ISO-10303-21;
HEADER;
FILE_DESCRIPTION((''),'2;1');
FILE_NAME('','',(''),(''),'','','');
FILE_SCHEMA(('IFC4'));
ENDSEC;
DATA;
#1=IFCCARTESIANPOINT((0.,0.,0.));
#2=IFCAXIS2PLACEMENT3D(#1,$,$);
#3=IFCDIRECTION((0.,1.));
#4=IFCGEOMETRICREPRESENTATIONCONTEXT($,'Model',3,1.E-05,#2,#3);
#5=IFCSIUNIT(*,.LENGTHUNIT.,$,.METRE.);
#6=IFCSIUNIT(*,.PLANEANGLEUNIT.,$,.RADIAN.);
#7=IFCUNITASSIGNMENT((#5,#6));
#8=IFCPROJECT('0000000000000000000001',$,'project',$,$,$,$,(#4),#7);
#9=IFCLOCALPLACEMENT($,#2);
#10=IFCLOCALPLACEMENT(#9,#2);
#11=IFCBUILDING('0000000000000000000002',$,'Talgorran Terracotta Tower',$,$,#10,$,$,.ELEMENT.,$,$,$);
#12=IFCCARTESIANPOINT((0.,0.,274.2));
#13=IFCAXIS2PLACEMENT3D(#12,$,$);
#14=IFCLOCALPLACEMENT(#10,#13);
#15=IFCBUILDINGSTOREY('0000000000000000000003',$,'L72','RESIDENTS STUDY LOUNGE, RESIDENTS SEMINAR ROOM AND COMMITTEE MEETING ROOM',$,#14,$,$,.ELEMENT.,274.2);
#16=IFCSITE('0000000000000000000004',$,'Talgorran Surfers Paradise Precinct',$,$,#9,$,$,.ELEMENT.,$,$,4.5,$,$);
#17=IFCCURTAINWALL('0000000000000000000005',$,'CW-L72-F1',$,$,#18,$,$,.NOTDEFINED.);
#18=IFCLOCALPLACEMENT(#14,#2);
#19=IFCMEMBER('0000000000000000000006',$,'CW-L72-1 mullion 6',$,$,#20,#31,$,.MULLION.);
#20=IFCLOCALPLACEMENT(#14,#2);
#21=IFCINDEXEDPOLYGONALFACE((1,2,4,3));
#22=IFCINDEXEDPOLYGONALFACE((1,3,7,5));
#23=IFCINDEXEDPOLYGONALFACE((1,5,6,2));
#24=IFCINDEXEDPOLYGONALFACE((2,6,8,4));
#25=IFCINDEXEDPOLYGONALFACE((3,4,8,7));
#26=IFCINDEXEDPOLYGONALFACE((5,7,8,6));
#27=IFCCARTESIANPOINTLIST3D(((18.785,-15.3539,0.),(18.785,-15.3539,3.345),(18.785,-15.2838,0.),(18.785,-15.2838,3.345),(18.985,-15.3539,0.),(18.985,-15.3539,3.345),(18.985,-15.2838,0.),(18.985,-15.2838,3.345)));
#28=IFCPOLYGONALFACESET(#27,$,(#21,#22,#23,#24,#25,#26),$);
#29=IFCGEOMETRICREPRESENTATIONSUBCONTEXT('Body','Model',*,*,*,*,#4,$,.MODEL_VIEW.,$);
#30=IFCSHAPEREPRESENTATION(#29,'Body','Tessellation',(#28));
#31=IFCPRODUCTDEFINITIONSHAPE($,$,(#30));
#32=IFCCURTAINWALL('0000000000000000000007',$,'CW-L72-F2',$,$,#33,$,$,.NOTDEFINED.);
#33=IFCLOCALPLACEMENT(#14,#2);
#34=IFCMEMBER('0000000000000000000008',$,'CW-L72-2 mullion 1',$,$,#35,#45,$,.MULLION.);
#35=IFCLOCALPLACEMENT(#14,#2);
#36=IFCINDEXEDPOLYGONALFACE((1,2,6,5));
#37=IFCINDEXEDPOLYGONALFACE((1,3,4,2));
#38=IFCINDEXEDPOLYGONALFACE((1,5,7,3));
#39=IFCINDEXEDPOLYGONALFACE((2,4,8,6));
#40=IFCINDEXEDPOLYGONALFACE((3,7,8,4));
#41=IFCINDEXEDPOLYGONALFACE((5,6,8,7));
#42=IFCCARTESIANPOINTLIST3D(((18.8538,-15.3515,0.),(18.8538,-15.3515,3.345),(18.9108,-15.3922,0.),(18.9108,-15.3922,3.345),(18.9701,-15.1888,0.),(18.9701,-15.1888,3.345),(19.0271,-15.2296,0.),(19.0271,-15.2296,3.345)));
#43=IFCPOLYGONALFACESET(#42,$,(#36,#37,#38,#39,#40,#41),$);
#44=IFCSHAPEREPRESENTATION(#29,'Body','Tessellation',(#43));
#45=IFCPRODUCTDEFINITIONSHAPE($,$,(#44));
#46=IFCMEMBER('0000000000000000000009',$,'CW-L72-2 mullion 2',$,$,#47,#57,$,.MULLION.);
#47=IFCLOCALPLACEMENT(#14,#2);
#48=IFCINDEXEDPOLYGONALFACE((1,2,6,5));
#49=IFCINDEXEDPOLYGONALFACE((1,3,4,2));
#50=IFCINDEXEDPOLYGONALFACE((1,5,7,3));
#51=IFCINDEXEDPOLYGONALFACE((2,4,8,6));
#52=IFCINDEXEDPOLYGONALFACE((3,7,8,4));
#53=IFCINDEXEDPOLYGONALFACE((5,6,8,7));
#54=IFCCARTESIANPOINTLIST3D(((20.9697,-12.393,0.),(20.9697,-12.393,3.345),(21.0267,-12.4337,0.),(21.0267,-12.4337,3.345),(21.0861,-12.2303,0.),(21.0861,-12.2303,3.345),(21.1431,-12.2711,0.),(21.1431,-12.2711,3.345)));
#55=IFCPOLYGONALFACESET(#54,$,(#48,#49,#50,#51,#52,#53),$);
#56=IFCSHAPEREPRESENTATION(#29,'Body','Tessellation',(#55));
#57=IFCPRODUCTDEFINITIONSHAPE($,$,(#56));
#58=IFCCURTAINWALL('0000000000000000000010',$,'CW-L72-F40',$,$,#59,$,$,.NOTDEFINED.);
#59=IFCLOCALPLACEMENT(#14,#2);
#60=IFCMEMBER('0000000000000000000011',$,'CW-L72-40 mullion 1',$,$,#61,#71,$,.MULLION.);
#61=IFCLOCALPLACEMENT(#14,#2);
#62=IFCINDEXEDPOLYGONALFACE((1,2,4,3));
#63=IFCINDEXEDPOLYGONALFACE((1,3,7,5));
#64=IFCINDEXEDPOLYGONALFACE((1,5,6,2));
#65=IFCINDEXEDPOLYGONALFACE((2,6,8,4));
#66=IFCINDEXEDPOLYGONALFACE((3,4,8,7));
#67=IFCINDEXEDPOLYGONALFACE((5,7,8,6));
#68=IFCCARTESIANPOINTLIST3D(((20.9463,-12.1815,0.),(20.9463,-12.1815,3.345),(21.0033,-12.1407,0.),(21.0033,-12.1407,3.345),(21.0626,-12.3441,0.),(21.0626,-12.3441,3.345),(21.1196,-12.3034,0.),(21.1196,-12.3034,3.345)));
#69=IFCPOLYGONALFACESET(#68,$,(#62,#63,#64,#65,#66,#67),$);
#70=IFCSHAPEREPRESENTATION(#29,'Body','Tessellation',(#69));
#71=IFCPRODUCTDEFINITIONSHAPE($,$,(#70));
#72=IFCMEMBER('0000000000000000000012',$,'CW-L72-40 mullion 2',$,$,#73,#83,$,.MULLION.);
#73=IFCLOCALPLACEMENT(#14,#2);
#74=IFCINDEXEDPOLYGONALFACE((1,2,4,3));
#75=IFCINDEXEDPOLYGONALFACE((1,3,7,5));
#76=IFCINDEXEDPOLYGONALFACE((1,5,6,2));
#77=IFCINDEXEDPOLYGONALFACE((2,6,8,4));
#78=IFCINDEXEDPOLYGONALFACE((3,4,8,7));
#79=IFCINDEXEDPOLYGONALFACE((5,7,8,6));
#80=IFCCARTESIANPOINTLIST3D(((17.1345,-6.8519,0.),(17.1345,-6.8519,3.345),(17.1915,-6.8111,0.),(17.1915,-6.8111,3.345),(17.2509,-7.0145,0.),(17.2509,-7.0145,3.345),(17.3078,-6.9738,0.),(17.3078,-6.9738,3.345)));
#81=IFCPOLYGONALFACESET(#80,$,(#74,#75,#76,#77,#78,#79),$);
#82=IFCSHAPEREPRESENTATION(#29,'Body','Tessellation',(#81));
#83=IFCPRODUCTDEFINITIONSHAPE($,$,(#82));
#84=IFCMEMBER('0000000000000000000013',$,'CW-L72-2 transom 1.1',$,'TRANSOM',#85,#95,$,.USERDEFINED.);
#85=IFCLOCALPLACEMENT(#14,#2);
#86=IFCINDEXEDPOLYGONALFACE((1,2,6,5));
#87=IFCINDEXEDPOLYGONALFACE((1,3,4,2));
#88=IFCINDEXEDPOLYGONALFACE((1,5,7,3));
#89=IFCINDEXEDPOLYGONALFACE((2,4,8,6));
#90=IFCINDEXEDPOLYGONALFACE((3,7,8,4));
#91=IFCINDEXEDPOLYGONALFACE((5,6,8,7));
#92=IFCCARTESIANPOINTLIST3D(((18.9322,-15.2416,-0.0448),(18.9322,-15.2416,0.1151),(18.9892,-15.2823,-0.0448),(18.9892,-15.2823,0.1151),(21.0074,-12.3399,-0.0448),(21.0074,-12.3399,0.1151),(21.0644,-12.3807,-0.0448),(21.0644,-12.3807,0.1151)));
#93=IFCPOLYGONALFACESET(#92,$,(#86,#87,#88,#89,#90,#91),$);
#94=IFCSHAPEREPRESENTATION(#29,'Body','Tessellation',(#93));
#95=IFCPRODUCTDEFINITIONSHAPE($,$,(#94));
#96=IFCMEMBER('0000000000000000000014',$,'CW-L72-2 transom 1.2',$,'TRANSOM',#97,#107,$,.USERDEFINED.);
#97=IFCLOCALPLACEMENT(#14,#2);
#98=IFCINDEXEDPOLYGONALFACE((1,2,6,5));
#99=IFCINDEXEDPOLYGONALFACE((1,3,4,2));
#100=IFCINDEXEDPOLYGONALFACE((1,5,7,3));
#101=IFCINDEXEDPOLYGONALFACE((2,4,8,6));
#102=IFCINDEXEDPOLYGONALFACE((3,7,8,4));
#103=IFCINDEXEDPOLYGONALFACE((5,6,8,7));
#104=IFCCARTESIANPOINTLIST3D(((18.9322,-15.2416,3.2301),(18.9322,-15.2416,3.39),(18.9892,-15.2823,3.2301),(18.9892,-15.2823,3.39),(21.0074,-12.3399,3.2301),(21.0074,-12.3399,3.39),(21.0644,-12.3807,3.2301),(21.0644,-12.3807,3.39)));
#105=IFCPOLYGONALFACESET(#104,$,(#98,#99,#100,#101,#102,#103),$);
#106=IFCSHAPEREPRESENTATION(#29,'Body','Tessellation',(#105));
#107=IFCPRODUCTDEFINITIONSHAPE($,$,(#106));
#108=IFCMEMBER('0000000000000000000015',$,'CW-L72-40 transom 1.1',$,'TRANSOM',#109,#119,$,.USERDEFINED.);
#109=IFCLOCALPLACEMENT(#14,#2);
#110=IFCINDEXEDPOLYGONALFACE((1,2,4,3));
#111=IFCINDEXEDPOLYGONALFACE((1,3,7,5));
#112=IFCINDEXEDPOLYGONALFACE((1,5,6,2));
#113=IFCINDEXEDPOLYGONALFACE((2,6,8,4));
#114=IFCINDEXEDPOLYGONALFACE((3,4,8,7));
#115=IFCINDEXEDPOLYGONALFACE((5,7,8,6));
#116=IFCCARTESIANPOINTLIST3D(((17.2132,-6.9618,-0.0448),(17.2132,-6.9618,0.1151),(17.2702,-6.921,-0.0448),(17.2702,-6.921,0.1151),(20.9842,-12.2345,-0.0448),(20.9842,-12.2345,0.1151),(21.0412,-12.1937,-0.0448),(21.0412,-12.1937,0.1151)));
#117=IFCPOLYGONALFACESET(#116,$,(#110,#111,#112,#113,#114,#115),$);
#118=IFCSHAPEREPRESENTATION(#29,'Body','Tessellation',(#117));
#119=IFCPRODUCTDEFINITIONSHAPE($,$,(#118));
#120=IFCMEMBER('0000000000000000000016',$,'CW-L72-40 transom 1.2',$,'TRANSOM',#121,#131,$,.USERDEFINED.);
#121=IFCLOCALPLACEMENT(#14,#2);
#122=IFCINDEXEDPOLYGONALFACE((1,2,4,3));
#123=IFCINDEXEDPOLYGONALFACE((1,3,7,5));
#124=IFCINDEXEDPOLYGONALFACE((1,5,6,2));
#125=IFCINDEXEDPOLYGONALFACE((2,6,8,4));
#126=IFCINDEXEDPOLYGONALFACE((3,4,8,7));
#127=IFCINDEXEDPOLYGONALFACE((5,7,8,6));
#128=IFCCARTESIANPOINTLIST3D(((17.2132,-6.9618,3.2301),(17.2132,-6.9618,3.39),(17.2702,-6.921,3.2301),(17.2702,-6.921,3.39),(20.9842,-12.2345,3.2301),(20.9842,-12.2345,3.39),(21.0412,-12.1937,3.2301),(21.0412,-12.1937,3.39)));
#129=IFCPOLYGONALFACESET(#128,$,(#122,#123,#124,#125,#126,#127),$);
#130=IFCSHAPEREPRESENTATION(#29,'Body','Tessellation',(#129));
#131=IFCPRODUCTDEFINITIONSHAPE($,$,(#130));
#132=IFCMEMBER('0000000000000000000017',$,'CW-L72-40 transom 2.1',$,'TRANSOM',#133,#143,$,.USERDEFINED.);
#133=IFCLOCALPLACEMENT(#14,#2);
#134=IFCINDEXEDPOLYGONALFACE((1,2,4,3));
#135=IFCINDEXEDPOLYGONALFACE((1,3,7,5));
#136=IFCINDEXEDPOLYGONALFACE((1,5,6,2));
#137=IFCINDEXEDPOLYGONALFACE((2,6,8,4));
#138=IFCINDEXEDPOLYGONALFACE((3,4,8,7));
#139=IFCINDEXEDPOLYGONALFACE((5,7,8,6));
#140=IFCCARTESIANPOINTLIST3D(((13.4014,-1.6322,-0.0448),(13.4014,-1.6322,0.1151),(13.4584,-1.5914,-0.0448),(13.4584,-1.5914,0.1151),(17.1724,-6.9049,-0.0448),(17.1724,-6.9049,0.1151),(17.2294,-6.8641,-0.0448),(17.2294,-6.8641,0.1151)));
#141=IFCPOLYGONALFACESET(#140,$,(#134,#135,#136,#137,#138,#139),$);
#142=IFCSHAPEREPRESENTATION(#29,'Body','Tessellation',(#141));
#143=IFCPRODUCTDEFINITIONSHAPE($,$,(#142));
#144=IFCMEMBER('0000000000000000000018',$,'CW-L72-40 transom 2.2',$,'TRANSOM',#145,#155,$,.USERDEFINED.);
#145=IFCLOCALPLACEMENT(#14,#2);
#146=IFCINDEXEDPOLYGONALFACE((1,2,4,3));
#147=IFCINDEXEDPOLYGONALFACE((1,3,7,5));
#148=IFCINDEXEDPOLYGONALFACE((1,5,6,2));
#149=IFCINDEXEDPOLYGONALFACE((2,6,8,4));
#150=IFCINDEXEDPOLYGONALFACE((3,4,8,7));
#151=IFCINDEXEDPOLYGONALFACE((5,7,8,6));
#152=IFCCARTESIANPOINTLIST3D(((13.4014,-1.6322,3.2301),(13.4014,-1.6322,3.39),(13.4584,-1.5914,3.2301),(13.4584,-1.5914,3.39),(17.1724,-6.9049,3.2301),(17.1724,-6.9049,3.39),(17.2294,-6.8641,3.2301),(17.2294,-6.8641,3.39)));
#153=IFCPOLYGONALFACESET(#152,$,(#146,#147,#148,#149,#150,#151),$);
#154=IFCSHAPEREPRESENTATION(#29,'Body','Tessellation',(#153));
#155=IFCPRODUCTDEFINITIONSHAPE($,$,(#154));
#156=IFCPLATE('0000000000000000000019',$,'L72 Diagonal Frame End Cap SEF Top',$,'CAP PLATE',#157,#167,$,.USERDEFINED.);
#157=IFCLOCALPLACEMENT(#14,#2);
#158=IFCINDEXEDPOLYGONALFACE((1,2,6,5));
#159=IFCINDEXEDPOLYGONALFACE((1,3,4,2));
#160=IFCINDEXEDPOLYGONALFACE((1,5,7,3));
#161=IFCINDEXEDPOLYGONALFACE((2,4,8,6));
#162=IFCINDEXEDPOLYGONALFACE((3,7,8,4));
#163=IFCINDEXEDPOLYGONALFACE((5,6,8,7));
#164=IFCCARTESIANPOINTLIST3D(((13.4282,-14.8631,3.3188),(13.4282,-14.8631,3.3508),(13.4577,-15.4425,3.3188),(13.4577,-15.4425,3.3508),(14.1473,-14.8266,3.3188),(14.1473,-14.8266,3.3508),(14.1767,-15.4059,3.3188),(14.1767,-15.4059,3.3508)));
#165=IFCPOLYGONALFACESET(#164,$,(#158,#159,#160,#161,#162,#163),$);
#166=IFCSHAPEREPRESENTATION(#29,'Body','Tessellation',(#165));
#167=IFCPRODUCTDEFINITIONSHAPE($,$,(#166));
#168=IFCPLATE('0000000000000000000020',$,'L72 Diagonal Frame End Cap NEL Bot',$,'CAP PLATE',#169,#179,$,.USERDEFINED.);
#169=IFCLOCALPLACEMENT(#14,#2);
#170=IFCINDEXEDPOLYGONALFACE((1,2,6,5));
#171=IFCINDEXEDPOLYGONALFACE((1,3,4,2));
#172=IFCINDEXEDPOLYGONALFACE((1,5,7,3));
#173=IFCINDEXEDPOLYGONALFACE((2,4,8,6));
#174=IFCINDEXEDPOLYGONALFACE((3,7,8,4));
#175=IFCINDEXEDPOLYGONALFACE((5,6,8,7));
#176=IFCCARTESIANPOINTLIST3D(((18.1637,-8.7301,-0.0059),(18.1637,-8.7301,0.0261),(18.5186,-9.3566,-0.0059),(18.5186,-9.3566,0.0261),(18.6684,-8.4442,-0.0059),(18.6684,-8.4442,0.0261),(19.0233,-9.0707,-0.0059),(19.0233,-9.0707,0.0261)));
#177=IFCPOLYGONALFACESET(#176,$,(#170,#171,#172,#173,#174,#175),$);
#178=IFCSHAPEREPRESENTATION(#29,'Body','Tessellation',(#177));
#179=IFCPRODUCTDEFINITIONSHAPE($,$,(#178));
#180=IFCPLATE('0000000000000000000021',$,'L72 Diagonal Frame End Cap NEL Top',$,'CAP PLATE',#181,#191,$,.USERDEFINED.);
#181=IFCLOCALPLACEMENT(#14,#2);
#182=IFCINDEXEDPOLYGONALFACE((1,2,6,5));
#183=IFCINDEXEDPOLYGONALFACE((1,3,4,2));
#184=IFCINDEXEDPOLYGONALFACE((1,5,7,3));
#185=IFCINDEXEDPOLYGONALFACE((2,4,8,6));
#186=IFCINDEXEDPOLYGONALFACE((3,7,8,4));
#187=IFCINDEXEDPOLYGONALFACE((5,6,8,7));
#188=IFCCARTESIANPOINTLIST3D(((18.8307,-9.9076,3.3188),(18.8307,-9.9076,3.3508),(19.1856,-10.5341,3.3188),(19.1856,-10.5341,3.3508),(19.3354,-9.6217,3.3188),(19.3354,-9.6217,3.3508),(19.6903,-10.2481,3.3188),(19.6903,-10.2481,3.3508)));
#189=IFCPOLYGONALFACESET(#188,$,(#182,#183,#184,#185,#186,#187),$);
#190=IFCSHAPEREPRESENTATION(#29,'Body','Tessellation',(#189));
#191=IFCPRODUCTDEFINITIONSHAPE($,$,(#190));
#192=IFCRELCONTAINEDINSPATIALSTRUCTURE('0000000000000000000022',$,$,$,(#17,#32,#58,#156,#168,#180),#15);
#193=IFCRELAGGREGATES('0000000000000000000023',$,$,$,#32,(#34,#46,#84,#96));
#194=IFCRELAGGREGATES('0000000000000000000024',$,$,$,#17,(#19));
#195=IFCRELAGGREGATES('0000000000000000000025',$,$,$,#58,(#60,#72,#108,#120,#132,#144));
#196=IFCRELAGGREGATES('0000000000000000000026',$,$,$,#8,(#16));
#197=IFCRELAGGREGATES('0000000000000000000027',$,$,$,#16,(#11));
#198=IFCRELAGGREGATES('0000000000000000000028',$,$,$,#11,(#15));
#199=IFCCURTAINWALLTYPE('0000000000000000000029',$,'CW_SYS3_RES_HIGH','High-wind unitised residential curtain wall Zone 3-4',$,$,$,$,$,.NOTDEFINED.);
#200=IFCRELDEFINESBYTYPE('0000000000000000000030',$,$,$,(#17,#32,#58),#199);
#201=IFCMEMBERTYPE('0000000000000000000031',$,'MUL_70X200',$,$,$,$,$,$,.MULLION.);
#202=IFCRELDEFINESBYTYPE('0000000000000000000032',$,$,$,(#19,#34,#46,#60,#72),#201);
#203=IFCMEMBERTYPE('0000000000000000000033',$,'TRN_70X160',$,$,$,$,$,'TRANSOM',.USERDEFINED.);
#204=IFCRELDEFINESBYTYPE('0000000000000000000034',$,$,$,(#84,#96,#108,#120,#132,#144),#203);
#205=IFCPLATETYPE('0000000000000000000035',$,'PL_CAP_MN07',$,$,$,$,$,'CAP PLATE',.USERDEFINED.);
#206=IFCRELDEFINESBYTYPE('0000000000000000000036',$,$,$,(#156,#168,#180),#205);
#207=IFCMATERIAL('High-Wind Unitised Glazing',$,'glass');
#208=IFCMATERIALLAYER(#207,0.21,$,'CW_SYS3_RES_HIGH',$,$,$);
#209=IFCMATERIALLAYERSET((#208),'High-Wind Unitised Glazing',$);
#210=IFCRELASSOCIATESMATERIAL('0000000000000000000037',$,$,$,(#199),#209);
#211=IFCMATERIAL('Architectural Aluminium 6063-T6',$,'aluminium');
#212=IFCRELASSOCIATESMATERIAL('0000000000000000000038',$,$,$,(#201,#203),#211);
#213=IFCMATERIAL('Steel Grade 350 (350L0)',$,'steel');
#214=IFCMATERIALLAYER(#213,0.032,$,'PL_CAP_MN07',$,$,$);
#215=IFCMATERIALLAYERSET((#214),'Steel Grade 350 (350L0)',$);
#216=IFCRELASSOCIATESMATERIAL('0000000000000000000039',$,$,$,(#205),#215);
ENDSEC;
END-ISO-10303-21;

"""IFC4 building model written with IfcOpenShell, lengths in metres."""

from ifc_helpers import new_model, si_unit, direction, frame, origin, origin_2d, place, context, subcontext, project, spatial, rectangle, extrude, material, layer, layer_set, material_profile, profile_set, type_object, element, aggregate, save


model = new_model("IFC4")

# Units and contexts
model_context = context("Model", 3, precision=1e-05, world=origin(), true_north=direction((0.0, 1.0)))
body_context = subcontext(model_context, "Body", "Model", "MODEL_VIEW")
ifc_project = project(units=[si_unit("LENGTHUNIT", "METRE"), si_unit("PLANEANGLEUNIT", "RADIAN")], contexts=[model_context])

# Site, building, storey
site_placement = place(None, origin())
site = spatial("IfcSite", under=ifc_project, at=site_placement, Name="Talgorran Surfers Paradise Precinct", CompositionType="ELEMENT", RefElevation=4.5)
building_placement = place(site_placement, origin())
building = spatial("IfcBuilding", under=site, at=building_placement, Name="Talgorran Terracotta Tower", CompositionType="ELEMENT")
storey_placement = place(building_placement, frame((0.0, 0.0, 274.2)))
storey = spatial("IfcBuildingStorey", under=building, at=storey_placement, Name="L72", Description="RESIDENTS STUDY LOUNGE, RESIDENTS SEMINAR ROOM AND COMMITTEE MEETING ROOM", CompositionType="ELEMENT", Elevation=274.2)

# Shared definitions
ifc_material_1 = material(Name="Steel Grade 350 (350L0)", Category="steel")

# Curtain wall, member
ifc_material_2 = material(Name="High-Wind Unitised Glazing", Category="glass")
ifc_layer_1 = layer(ifc_material_2, 0.21, Name="CW_SYS3_RES_HIGH")
ifc_layer_set_1 = layer_set([ifc_layer_1], Name="High-Wind Unitised Glazing")
curtain_wall_type = type_object("IfcCurtainWallType", Name="CW_SYS3_RES_HIGH", Description="High-wind unitised residential curtain wall Zone 3-4", PredefinedType="NOTDEFINED", material=ifc_layer_set_1)
curtain_wall_1_placement = place(storey_placement, origin())
curtain_wall_1 = element("IfcCurtainWall", 1, at=curtain_wall_1_placement, inside=storey, type_object=curtain_wall_type, Name="CW-L72-F1", PredefinedType="NOTDEFINED")
ifc_material_3 = material(Name="Architectural Aluminium 6063-T6", Category="aluminium")
ifc_material_profile_1 = material_profile(ifc_material_3, rectangle(XDim=0.0701, YDim=0.2, at=origin_2d()), Name="CWM70X200")
ifc_profile_set_1 = profile_set([ifc_material_profile_1], Name="Architectural Aluminium 6063-T6")
member_type_1 = type_object("IfcMemberType", Name="MUL_70X200", PredefinedType="MULLION", material=ifc_profile_set_1)
member_1_placement = place(storey_placement, frame((18.885, -15.3188, 0.0), z_axis=(0.0, 0.0, 1.0), x_axis=(0.0, 1.0, 0.0)))
member_1 = element("IfcMember", 2, at=member_1_placement, type_object=member_type_1, Name="CW-L72-1 mullion 6", PredefinedType="MULLION", context=body_context, shape_type="SweptSolid", body=[
    extrude(rectangle(XDim=0.0701, YDim=0.2, at=origin_2d()), origin(), (0.0, 0.0, 1.0), 3.345),
])

# Curtain walls, members
curtain_wall_2_placement = place(storey_placement, origin())
curtain_wall_2 = element("IfcCurtainWall", 3, at=curtain_wall_2_placement, inside=storey, type_object=curtain_wall_type, Name="CW-L72-F2", PredefinedType="NOTDEFINED")
member_2_placement = place(storey_placement, frame((18.9404, -15.2905, 0.0), z_axis=(0.0, 0.0, 1.0), x_axis=(-0.813371, 0.581746, 0.0)))
member_2 = element("IfcMember", 4, at=member_2_placement, type_object=member_type_1, Name="CW-L72-2 mullion 1", PredefinedType="MULLION", context=body_context, shape_type="SweptSolid", body=[
    extrude(rectangle(XDim=0.0701, YDim=0.2, at=origin_2d()), origin(), (0.0, 0.0, 1.0), 3.345),
])
member_3_placement = place(storey_placement, frame((21.0564, -12.332, 0.0), z_axis=(0.0, 0.0, 1.0), x_axis=(-0.813371, 0.581746, 0.0)))
member_3 = element("IfcMember", 5, at=member_3_placement, type_object=member_type_1, Name="CW-L72-2 mullion 2", PredefinedType="MULLION", context=body_context, shape_type="SweptSolid", body=[
    extrude(rectangle(XDim=0.0701, YDim=0.2, at=origin_2d()), origin(), (0.0, 0.0, 1.0), 3.345),
])
curtain_wall_3_placement = place(storey_placement, origin())
curtain_wall_3 = element("IfcCurtainWall", 6, at=curtain_wall_3_placement, inside=storey, type_object=curtain_wall_type, Name="CW-L72-F40", PredefinedType="NOTDEFINED")
member_4_placement = place(storey_placement, frame((21.033, -12.2424, 0.0), z_axis=(0.0, 0.0, 1.0), x_axis=(-0.813383, -0.581729, 0.0)))
member_4 = element("IfcMember", 7, at=member_4_placement, type_object=member_type_1, Name="CW-L72-40 mullion 1", PredefinedType="MULLION", context=body_context, shape_type="SweptSolid", body=[
    extrude(rectangle(XDim=0.0701, YDim=0.2, at=origin_2d()), origin(), (0.0, 0.0, 1.0), 3.345),
])
member_5_placement = place(storey_placement, frame((17.2212, -6.9128, 0.0), z_axis=(0.0, 0.0, 1.0), x_axis=(-0.813383, -0.581729, 0.0)))
member_5 = element("IfcMember", 8, at=member_5_placement, type_object=member_type_1, Name="CW-L72-40 mullion 2", PredefinedType="MULLION", context=body_context, shape_type="SweptSolid", body=[
    extrude(rectangle(XDim=0.0701, YDim=0.2, at=origin_2d()), origin(), (0.0, 0.0, 1.0), 3.345),
])

# Members
ifc_material_profile_2 = material_profile(ifc_material_3, rectangle(XDim=0.0701, YDim=0.1599, at=origin_2d()), Name="CWT70X160")
ifc_profile_set_2 = profile_set([ifc_material_profile_2], Name="Architectural Aluminium 6063-T6")
member_type_2 = type_object("IfcMemberType", Name="TRN_70X160", ElementType="TRANSOM", PredefinedType="USERDEFINED", material=ifc_profile_set_2)
member_6_placement = place(storey_placement, frame((18.9607, -15.262, 0.0352), z_axis=(0.581724, 0.813387, 0.0), x_axis=(-0.813387, 0.581724, 0.0)))
member_6 = element("IfcMember", 9, at=member_6_placement, type_object=member_type_2, Name="CW-L72-2 transom 1.1", ObjectType="TRANSOM", PredefinedType="USERDEFINED", context=body_context, shape_type="SweptSolid", body=[
    extrude(rectangle(XDim=0.0701, YDim=0.1599, at=origin_2d()), origin(), (0.0, 0.0, 1.0), 3.5674),
])
member_7_placement = place(storey_placement, frame((18.9607, -15.262, 3.3101), z_axis=(0.581724, 0.813387, 0.0), x_axis=(-0.813387, 0.581724, 0.0)))
member_7 = element("IfcMember", 10, at=member_7_placement, type_object=member_type_2, Name="CW-L72-2 transom 1.2", ObjectType="TRANSOM", PredefinedType="USERDEFINED", context=body_context, shape_type="SweptSolid", body=[
    extrude(rectangle(XDim=0.0701, YDim=0.1599, at=origin_2d()), origin(), (0.0, 0.0, 1.0), 3.5674),
])
member_8_placement = place(storey_placement, frame((21.0127, -12.2141, 0.0352), z_axis=(-0.581726, 0.813385, 0.0), x_axis=(-0.813385, -0.581726, 0.0)))
member_8 = element("IfcMember", 11, at=member_8_placement, type_object=member_type_2, Name="CW-L72-40 transom 1.1", ObjectType="TRANSOM", PredefinedType="USERDEFINED", context=body_context, shape_type="SweptSolid", body=[
    extrude(rectangle(XDim=0.0701, YDim=0.1599, at=origin_2d()), origin(), (0.0, 0.0, 1.0), 6.4824),
])
member_9_placement = place(storey_placement, frame((21.0127, -12.2141, 3.3101), z_axis=(-0.581726, 0.813385, 0.0), x_axis=(-0.813385, -0.581726, 0.0)))
member_9 = element("IfcMember", 12, at=member_9_placement, type_object=member_type_2, Name="CW-L72-40 transom 1.2", ObjectType="TRANSOM", PredefinedType="USERDEFINED", context=body_context, shape_type="SweptSolid", body=[
    extrude(rectangle(XDim=0.0701, YDim=0.1599, at=origin_2d()), origin(), (0.0, 0.0, 1.0), 6.4824),
])
member_10_placement = place(storey_placement, frame((17.2009, -6.8845, 0.0352), z_axis=(-0.581726, 0.813385, 0.0), x_axis=(-0.813385, -0.581726, 0.0)))
member_10 = element("IfcMember", 13, at=member_10_placement, type_object=member_type_2, Name="CW-L72-40 transom 2.1", ObjectType="TRANSOM", PredefinedType="USERDEFINED", context=body_context, shape_type="SweptSolid", body=[
    extrude(rectangle(XDim=0.0701, YDim=0.1599, at=origin_2d()), origin(), (0.0, 0.0, 1.0), 6.4824),
])
member_11_placement = place(storey_placement, frame((17.2009, -6.8845, 3.3101), z_axis=(-0.581726, 0.813385, 0.0), x_axis=(-0.813385, -0.581726, 0.0)))
member_11 = element("IfcMember", 14, at=member_11_placement, type_object=member_type_2, Name="CW-L72-40 transom 2.2", ObjectType="TRANSOM", PredefinedType="USERDEFINED", context=body_context, shape_type="SweptSolid", body=[
    extrude(rectangle(XDim=0.0701, YDim=0.1599, at=origin_2d()), origin(), (0.0, 0.0, 1.0), 6.4824),
])

# Plates
ifc_layer_2 = layer(ifc_material_1, 0.032, Name="PL_CAP_MN07")
ifc_layer_set_2 = layer_set([ifc_layer_2], Name="Steel Grade 350 (350L0)")
plate_type_1 = type_object("IfcPlateType", Name="PL_CAP_MN07", ElementType="CAP PLATE", PredefinedType="USERDEFINED", material=ifc_layer_set_2)
for number, where, z_axis, x_axis, name in (
    (15, (13.8025, -15.1345, 3.3188), (0.0, 0.0, 1.0), (0.998711, 0.050767, 0.0), "L72 Diagonal Frame End Cap SEF Top"),
    (16, (18.5935, -8.9004, -0.0059), (0.0, 0.0, 1.0), (0.492879, -0.870098, 0.0), "L72 Diagonal Frame End Cap NEL Bot"),
    (17, (19.2605, -10.0779, 3.3188), (0.0, 0.0, 1.0), (0.492879, -0.870098, 0.0), "L72 Diagonal Frame End Cap NEL Top"),
):
    element("IfcPlate", number, at=place(storey_placement, frame(where, z_axis=z_axis, x_axis=x_axis)), inside=storey, type_object=plate_type_1, Name=name, ObjectType="CAP PLATE", PredefinedType="USERDEFINED", context=body_context, shape_type="SweptSolid", body=[
        extrude(rectangle(XDim=0.72, YDim=0.5801, at=origin_2d()), origin(), (0.0, 0.0, 1.0), 0.032),
    ])

aggregate(curtain_wall_2, [member_2, member_3, member_6, member_7])
aggregate(curtain_wall_1, [member_1])
aggregate(curtain_wall_3, [member_4, member_5, member_8, member_9, member_10, member_11])

save(model, "model.ifc")
